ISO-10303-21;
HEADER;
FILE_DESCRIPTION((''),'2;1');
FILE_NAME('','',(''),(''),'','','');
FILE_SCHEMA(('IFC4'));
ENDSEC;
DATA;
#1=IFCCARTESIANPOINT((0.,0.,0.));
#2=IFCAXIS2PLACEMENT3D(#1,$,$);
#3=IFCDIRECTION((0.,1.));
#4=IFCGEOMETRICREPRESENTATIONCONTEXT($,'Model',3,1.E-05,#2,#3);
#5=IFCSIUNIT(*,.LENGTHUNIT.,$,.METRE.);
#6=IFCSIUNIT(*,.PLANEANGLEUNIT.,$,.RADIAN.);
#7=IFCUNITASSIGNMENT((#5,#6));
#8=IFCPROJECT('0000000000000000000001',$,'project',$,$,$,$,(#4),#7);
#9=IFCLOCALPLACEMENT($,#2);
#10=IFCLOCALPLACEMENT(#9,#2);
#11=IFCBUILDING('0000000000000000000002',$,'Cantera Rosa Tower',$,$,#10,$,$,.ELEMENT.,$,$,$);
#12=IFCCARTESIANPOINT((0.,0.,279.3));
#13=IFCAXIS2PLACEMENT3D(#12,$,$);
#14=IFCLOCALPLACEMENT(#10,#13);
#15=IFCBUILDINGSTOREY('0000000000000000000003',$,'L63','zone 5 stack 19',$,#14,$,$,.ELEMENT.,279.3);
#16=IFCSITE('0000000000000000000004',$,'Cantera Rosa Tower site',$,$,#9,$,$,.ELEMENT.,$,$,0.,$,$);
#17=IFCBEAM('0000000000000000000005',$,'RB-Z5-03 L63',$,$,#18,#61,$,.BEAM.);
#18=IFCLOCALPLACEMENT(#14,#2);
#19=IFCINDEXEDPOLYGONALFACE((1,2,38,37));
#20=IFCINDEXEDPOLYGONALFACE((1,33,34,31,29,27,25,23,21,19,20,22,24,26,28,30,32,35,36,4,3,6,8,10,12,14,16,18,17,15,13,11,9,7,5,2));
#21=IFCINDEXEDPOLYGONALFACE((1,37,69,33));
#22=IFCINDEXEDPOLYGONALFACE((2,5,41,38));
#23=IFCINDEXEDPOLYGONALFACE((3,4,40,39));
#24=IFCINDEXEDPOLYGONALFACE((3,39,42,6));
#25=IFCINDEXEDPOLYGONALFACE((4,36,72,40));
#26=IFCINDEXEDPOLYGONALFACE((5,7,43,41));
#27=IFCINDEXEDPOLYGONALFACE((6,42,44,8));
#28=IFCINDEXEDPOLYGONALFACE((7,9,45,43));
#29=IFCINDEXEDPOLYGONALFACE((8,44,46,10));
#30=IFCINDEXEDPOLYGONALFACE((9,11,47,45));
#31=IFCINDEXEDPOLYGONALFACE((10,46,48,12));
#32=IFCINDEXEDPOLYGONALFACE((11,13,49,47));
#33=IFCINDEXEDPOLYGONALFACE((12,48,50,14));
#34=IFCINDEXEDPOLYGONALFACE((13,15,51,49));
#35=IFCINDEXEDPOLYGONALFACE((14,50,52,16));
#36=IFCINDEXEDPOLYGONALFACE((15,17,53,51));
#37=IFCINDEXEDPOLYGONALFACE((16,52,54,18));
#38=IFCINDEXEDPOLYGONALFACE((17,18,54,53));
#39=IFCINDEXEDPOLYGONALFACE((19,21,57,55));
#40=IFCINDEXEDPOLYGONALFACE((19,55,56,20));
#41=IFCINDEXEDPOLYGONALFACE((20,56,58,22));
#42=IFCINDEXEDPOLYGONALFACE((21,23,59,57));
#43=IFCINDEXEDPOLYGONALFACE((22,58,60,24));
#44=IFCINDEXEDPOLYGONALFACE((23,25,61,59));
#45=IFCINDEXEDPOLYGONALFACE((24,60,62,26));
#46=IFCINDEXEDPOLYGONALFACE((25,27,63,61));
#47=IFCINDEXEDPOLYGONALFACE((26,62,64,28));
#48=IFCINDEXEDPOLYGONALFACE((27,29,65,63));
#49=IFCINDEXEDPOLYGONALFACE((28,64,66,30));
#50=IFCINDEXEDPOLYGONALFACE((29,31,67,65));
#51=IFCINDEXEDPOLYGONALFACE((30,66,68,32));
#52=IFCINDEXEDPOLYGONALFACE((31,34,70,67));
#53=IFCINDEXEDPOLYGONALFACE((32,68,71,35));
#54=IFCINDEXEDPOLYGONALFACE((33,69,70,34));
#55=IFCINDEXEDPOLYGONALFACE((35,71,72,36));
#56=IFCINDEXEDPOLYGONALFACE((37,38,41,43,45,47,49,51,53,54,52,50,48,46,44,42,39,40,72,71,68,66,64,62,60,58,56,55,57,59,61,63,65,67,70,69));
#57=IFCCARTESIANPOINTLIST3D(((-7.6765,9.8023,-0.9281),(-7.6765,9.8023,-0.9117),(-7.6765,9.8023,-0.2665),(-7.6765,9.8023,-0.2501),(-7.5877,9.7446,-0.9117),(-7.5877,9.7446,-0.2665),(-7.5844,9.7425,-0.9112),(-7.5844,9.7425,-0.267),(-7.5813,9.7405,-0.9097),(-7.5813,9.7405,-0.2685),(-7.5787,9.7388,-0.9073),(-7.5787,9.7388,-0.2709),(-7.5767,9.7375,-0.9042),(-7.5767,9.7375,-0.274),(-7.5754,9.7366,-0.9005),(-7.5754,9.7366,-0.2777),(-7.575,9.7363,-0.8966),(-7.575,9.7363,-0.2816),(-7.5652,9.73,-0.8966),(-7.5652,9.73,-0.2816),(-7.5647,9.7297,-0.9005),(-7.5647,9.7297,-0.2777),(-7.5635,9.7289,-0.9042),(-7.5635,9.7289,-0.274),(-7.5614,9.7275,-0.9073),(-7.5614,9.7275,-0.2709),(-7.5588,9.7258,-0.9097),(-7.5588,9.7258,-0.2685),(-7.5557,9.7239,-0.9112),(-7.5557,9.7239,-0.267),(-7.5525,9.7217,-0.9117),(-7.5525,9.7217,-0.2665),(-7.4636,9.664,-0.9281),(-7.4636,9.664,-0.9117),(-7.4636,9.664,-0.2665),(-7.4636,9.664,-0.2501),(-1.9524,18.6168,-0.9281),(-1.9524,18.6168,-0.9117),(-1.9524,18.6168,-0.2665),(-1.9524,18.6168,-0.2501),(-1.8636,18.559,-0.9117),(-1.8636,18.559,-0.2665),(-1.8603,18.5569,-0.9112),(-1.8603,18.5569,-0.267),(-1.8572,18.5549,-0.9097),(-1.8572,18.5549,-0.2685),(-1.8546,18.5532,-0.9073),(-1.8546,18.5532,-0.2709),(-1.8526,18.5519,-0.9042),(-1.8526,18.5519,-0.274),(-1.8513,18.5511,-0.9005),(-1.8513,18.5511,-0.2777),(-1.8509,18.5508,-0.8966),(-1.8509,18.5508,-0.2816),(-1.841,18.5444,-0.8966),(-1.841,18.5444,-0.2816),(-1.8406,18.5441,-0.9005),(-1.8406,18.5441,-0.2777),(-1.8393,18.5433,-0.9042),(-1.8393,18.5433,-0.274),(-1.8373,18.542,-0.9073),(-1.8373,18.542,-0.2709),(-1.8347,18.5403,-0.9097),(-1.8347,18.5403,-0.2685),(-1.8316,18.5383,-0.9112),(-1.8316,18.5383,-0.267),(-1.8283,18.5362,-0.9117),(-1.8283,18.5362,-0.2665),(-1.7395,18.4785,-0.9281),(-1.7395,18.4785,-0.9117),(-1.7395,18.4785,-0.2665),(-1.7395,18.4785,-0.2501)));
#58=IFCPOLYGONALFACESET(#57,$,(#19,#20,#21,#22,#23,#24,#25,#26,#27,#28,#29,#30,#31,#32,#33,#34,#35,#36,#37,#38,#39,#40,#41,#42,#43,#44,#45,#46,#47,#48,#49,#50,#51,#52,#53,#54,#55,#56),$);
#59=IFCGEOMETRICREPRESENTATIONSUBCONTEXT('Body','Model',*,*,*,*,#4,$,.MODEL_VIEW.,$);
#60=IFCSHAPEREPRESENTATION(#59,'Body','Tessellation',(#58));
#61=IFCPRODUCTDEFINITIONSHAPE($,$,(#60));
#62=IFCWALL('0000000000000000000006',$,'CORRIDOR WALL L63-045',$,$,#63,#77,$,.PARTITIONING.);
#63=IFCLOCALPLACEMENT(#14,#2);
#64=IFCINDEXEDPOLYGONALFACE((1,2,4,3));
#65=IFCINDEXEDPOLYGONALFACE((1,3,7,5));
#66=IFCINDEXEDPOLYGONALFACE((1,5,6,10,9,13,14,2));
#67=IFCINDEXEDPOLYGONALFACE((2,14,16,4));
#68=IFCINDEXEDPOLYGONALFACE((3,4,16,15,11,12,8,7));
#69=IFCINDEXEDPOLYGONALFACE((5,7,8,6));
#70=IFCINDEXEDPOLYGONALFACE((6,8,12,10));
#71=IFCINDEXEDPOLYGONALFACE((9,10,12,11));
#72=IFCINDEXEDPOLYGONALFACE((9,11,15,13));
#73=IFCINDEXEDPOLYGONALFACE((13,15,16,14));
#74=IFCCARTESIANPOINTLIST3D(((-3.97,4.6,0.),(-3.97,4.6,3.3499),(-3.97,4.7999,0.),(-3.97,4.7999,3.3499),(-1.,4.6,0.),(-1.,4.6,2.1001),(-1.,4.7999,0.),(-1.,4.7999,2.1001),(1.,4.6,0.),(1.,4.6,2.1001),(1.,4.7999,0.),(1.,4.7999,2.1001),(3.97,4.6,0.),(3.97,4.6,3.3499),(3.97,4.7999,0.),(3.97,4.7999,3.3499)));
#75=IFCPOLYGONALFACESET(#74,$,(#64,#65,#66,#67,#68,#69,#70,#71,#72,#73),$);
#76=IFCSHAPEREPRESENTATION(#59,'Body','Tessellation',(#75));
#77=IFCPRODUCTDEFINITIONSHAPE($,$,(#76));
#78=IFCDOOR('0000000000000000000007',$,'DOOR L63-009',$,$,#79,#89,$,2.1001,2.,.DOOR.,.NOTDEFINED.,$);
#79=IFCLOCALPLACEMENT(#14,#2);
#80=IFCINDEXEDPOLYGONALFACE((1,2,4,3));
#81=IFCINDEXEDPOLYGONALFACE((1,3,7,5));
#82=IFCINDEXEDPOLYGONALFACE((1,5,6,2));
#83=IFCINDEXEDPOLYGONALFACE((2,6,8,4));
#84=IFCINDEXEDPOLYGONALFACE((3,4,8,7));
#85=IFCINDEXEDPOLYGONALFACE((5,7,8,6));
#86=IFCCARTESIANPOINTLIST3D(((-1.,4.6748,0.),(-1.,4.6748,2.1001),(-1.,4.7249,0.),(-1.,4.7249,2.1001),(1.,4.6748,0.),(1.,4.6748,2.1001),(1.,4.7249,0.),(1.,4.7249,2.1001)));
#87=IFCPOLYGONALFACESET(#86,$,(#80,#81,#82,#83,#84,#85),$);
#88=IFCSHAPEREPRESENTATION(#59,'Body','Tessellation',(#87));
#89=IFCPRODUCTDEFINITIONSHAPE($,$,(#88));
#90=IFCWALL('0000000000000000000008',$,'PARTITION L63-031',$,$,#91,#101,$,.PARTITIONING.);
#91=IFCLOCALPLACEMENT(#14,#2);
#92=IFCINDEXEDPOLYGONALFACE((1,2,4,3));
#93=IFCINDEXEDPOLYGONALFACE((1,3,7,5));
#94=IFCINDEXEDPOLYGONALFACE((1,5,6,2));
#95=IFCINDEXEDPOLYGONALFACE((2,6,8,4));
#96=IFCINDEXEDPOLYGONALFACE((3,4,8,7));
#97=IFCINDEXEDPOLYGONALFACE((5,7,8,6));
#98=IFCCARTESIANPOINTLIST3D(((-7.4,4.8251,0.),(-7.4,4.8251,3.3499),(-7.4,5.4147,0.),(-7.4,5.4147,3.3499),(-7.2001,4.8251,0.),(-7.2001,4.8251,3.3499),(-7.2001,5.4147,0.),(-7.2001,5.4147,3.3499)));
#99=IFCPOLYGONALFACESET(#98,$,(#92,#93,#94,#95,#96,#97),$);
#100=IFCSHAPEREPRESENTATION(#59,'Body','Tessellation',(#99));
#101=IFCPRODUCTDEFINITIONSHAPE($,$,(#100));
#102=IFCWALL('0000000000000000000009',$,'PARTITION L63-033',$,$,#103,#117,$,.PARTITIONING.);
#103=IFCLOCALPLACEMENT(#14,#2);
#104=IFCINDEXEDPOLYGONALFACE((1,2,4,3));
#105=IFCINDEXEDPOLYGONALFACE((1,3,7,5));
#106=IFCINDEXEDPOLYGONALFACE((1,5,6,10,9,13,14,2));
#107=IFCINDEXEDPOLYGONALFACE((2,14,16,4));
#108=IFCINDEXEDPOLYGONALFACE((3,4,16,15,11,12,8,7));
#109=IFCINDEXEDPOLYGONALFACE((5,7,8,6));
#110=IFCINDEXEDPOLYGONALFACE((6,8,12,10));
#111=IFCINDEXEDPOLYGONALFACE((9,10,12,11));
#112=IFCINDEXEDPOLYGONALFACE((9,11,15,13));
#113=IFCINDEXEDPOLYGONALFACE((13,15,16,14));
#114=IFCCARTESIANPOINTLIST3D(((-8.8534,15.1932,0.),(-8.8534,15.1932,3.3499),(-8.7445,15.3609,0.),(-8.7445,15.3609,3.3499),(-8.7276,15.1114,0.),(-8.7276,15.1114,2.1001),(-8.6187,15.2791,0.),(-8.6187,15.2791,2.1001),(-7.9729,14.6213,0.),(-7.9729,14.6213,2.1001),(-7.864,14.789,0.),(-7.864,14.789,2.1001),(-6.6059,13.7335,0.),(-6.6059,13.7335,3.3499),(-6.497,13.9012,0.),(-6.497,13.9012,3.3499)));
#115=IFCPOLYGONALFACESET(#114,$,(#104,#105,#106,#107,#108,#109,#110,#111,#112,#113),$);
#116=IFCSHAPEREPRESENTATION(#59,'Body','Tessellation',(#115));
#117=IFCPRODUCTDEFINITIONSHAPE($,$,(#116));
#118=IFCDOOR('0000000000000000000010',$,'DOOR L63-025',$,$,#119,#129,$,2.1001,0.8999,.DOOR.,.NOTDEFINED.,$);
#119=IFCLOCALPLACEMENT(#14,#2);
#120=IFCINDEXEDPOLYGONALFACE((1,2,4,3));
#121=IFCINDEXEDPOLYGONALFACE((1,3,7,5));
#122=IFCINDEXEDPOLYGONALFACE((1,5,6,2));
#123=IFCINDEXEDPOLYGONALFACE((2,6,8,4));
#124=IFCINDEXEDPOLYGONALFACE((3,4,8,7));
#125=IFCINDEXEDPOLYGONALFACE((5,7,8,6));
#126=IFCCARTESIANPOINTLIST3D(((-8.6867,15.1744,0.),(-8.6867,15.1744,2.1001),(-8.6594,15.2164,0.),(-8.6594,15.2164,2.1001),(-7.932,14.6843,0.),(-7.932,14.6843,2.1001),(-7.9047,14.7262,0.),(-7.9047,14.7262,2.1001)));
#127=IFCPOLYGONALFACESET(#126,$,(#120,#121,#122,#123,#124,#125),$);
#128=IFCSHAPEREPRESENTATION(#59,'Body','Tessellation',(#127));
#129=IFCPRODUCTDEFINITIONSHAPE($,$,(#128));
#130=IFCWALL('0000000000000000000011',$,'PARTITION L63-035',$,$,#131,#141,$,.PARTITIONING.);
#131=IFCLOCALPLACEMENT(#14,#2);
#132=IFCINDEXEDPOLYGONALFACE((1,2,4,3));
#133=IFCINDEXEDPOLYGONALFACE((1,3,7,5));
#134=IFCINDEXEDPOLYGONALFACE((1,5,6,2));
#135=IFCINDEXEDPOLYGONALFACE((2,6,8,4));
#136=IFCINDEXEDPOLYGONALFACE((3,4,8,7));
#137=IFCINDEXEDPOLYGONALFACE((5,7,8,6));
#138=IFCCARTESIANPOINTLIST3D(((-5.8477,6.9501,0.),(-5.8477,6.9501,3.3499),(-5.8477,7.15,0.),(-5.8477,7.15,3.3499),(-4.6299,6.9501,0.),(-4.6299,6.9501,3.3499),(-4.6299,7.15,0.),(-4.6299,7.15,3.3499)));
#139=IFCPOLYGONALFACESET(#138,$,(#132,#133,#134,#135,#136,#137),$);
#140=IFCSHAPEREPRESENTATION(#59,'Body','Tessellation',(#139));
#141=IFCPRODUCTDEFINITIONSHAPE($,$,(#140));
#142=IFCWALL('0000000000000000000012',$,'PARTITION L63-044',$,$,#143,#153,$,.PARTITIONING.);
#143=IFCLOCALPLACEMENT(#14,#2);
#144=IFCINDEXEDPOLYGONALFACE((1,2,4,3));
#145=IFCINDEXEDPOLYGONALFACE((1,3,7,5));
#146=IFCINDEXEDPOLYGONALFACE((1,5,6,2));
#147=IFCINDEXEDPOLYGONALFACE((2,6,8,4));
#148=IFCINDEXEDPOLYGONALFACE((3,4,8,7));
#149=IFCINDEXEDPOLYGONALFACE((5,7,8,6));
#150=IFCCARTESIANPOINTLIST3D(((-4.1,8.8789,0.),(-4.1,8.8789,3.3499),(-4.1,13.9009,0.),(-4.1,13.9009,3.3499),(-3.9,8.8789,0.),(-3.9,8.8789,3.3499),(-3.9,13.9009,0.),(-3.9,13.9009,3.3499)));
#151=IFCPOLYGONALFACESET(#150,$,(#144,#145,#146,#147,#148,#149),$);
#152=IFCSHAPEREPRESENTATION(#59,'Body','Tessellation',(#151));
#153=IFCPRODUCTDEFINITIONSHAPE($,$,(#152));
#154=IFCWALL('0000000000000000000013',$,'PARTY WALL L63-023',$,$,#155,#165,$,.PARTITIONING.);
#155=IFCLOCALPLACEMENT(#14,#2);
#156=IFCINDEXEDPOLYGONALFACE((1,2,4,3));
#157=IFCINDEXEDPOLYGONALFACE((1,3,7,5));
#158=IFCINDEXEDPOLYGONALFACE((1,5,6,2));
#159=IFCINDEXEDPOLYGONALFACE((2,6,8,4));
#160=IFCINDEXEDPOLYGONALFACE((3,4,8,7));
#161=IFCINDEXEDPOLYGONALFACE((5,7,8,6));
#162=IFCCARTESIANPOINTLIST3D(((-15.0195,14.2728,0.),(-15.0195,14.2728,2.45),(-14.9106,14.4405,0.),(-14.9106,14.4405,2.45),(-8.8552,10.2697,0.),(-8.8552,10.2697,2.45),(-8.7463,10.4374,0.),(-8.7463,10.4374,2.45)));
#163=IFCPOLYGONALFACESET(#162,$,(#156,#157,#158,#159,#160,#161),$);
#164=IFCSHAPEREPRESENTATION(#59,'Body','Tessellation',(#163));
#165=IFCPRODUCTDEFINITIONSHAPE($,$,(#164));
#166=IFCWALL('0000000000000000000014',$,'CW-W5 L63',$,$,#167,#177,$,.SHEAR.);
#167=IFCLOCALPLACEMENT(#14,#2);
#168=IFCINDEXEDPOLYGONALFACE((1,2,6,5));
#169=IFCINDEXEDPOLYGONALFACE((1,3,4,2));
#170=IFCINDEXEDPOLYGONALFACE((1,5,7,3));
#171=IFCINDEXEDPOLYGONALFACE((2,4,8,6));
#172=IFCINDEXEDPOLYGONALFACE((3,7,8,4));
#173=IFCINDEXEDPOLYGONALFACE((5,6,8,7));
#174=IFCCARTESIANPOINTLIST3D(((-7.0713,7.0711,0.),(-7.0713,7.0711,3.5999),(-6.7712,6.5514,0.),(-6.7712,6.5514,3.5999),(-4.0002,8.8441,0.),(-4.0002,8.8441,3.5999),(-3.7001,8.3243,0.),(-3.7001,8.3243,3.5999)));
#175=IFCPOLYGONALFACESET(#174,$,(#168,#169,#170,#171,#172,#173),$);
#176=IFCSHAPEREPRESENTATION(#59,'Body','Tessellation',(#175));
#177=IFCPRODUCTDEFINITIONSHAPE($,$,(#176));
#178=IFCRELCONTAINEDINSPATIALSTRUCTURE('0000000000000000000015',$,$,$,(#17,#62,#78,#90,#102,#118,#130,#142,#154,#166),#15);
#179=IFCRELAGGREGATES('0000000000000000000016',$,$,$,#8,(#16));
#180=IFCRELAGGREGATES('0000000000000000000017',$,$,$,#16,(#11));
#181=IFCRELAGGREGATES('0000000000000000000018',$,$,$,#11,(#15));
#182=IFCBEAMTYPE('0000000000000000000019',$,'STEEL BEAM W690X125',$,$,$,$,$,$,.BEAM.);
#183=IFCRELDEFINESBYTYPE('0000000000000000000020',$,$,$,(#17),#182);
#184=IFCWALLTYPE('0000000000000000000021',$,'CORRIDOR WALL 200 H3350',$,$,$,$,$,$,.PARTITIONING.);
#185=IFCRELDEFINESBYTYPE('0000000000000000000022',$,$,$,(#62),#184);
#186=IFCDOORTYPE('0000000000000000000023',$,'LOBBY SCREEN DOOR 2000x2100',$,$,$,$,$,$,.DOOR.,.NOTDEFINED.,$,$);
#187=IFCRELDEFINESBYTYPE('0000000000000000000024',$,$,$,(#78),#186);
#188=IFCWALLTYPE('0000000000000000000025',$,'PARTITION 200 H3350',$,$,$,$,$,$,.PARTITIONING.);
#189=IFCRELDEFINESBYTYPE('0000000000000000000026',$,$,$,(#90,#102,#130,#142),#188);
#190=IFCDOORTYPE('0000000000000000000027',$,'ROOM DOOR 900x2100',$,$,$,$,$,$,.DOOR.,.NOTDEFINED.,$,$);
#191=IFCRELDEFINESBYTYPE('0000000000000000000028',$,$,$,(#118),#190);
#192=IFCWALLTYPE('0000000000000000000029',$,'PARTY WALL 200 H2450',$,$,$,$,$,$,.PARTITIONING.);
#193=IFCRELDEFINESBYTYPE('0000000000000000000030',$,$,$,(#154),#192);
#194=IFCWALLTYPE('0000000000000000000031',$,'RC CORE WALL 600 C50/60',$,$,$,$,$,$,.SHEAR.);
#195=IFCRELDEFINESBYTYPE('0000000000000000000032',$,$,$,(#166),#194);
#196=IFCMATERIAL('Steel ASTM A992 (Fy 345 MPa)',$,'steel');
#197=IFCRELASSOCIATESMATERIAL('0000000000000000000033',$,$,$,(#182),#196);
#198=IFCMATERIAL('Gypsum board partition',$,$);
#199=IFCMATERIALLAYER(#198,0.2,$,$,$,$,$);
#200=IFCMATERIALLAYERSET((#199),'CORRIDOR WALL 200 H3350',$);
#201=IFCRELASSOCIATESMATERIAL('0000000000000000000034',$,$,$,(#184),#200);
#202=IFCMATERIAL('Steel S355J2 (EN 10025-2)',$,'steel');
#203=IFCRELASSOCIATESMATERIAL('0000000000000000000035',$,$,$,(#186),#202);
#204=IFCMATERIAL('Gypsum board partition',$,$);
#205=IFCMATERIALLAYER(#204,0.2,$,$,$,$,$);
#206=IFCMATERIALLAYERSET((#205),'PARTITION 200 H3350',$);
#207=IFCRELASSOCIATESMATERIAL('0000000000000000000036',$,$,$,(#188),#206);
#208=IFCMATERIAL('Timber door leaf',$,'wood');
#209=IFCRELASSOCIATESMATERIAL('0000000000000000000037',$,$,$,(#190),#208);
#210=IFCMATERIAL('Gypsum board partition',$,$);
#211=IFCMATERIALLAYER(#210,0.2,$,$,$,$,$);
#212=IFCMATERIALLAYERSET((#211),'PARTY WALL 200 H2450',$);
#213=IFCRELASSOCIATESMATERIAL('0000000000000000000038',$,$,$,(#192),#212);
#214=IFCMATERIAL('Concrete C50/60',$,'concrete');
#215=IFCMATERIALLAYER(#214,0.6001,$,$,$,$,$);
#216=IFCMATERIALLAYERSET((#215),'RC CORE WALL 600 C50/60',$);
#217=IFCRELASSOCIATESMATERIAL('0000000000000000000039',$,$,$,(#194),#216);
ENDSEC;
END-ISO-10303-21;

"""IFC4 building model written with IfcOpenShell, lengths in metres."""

from ifc_helpers import new_model, si_unit, direction, frame, frame_2d, origin, origin_2d, place, context, subcontext, project, spatial, rectangle, i_section, extrude, material, layer, layer_set, material_profile, profile_set, type_object, element, fill, save


model = new_model("IFC4")

# Units and contexts
model_context = context("Model", 3, precision=1e-05, world=origin(), true_north=direction((0.0, 1.0)))
body_context = subcontext(model_context, "Body", "Model", "MODEL_VIEW")
ifc_project = project(units=[si_unit("LENGTHUNIT", "METRE"), si_unit("PLANEANGLEUNIT", "RADIAN")], contexts=[model_context])

# Site, building, storey
site_placement = place(None, origin())
site = spatial("IfcSite", under=ifc_project, at=site_placement, Name="Cantera Rosa Tower site", CompositionType="ELEMENT", RefElevation=0.0)
building_placement = place(site_placement, origin())
building = spatial("IfcBuilding", under=site, at=building_placement, Name="Cantera Rosa Tower", CompositionType="ELEMENT")
storey_placement = place(building_placement, frame((0.0, 0.0, 279.3)))
storey = spatial("IfcBuildingStorey", under=building, at=storey_placement, Name="L63", Description="zone 5 stack 19", CompositionType="ELEMENT", Elevation=279.3)

# Beam
ifc_material_1 = material(Name="Steel ASTM A992 (Fy 345 MPa)", Category="steel")
ifc_material_profile = material_profile(ifc_material_1, i_section(OverallWidth=0.2539, OverallDepth=0.678, WebThickness=0.0117, FlangeThickness=0.0164, FilletRadius=0.0151, at=origin_2d()), Name="W690X125")
ifc_profile_set = profile_set([ifc_material_profile], Name="Steel ASTM A992 (Fy 345 MPa)")
beam_type = type_object("IfcBeamType", Name="STEEL BEAM W690X125", PredefinedType="BEAM", material=ifc_profile_set)
beam_placement = place(storey_placement, frame((-7.5701, 9.7332, -0.5891), z_axis=(0.544636, 0.838673, 0.0), x_axis=(-0.838673, 0.544636, 0.0)))
element("IfcBeam", 1, at=beam_placement, inside=storey, type_object=beam_type, Name="RB-Z5-03 L63", PredefinedType="BEAM", context=body_context, shape_type="SweptSolid", body=[
    extrude(i_section(OverallWidth=0.2539, OverallDepth=0.678, WebThickness=0.0117, FlangeThickness=0.0164, FilletRadius=0.0151, at=origin_2d()), origin(), (0.0, 0.0, 1.0), 10.51),
])

# Wall, opening, door
ifc_material_2 = material(Name="Gypsum board partition")
ifc_layer_1 = layer(ifc_material_2, 0.2)
ifc_layer_set_1 = layer_set([ifc_layer_1], Name="CORRIDOR WALL 200 H3350")
wall_type_1 = type_object("IfcWallType", Name="CORRIDOR WALL 200 H3350", PredefinedType="PARTITIONING", material=ifc_layer_set_1)
wall_1_placement = place(storey_placement, frame((-3.97, 4.7, 0.0), z_axis=(0.0, 0.0, 1.0), x_axis=(1.0, 0.0, 0.0)))
wall_1 = element("IfcWall", 2, at=wall_1_placement, inside=storey, type_object=wall_type_1, Name="CORRIDOR WALL L63-045", PredefinedType="PARTITIONING", context=body_context, shape_type="SweptSolid", body=[
    extrude(rectangle(XDim=7.9399, YDim=0.2, at=frame_2d((3.97, 0.0))), origin(), (0.0, 0.0, 1.0), 3.3499),
])
opening_1_placement = place(wall_1_placement, frame((2.97, 0.0, 0.0)))
opening_1 = element("IfcOpeningElement", 3, at=opening_1_placement, cuts=wall_1, PredefinedType="OPENING", context=body_context, shape_type="SweptSolid", body=[
    extrude(rectangle(XDim=2.0, YDim=2.1001, at=frame_2d((1.0, 1.05))), frame((0.0, 0.1099, 0.0), z_axis=(0.0, -1.0, 0.0), x_axis=(1.0, 0.0, 0.0)), (0.0, 0.0, 1.0), 0.22),
])
ifc_material_3 = material(Name="Steel S355J2 (EN 10025-2)", Category="steel")
door_type_1 = type_object("IfcDoorType", Name="LOBBY SCREEN DOOR 2000x2100", OperationType="NOTDEFINED", PredefinedType="DOOR", material=ifc_material_3)
door_1_placement = place(opening_1_placement, origin())
door_1 = element("IfcDoor", 4, at=door_1_placement, inside=storey, type_object=door_type_1, Name="DOOR L63-009", OperationType="NOTDEFINED", OverallHeight=2.1001, OverallWidth=2.0, PredefinedType="DOOR", context=body_context, shape_type="SweptSolid", body=[
    extrude(rectangle(XDim=2.0, YDim=2.1001, at=frame_2d((1.0, 1.05))), frame((0.0, 0.0249, 0.0), z_axis=(0.0, -1.0, 0.0), x_axis=(1.0, 0.0, 0.0)), (0.0, 0.0, 1.0), 0.05),
])
fill(opening_1, door_1)

# Wall
ifc_material_4 = material(Name="Gypsum board partition")
ifc_layer_2 = layer(ifc_material_4, 0.2)
ifc_layer_set_2 = layer_set([ifc_layer_2], Name="PARTITION 200 H3350")
wall_type_2 = type_object("IfcWallType", Name="PARTITION 200 H3350", PredefinedType="PARTITIONING", material=ifc_layer_set_2)
wall_2_placement = place(storey_placement, frame((-7.3, 4.825, 0.0), z_axis=(0.0, 0.0, 1.0), x_axis=(0.0, 1.0, 0.0)))
element("IfcWall", 5, at=wall_2_placement, inside=storey, type_object=wall_type_2, Name="PARTITION L63-031", PredefinedType="PARTITIONING", context=body_context, shape_type="SweptSolid", body=[
    extrude(rectangle(XDim=0.5896, YDim=0.2, at=frame_2d((0.2949, 0.0))), origin(), (0.0, 0.0, 1.0), 3.3499),
])

# Wall, opening, door
wall_3_placement = place(storey_placement, frame((-6.5515, 13.8174, 0.0), z_axis=(0.0, 0.0, 1.0), x_axis=(-0.838648, 0.544675, 0.0)))
wall_3 = element("IfcWall", 6, at=wall_3_placement, inside=storey, type_object=wall_type_2, Name="PARTITION L63-033", PredefinedType="PARTITIONING", context=body_context, shape_type="SweptSolid", body=[
    extrude(rectangle(XDim=2.6799, YDim=0.2, at=frame_2d((1.3398, 0.0))), origin(), (0.0, 0.0, 1.0), 3.3499),
])
opening_2_placement = place(wall_3_placement, frame((1.6299, 0.0, 0.0)))
opening_2 = element("IfcOpeningElement", 7, at=opening_2_placement, cuts=wall_3, PredefinedType="OPENING", context=body_context, shape_type="SweptSolid", body=[
    extrude(rectangle(XDim=0.8999, YDim=2.1001, at=frame_2d((0.45, 1.05))), frame((0.0, 0.1099, 0.0), z_axis=(0.0, -1.0, 0.0), x_axis=(1.0, 0.0, 0.0)), (0.0, 0.0, 1.0), 0.22),
])
ifc_material_5 = material(Name="Timber door leaf", Category="wood")
door_type_2 = type_object("IfcDoorType", Name="ROOM DOOR 900x2100", OperationType="NOTDEFINED", PredefinedType="DOOR", material=ifc_material_5)
door_2_placement = place(opening_2_placement, origin())
door_2 = element("IfcDoor", 8, at=door_2_placement, inside=storey, type_object=door_type_2, Name="DOOR L63-025", OperationType="NOTDEFINED", OverallHeight=2.1001, OverallWidth=0.8999, PredefinedType="DOOR", context=body_context, shape_type="SweptSolid", body=[
    extrude(rectangle(XDim=0.8999, YDim=2.1001, at=frame_2d((0.45, 1.05))), frame((0.0, 0.0249, 0.0), z_axis=(0.0, -1.0, 0.0), x_axis=(1.0, 0.0, 0.0)), (0.0, 0.0, 1.0), 0.05),
])
fill(opening_2, door_2)

# Walls
wall_4_placement = place(storey_placement, frame((-5.8477, 7.05, 0.0), z_axis=(0.0, 0.0, 1.0), x_axis=(1.0, 0.0, 0.0)))
element("IfcWall", 9, at=wall_4_placement, inside=storey, type_object=wall_type_2, Name="PARTITION L63-035", PredefinedType="PARTITIONING", context=body_context, shape_type="SweptSolid", body=[
    extrude(rectangle(XDim=1.2178, YDim=0.2, at=frame_2d((0.6089, 0.0))), origin(), (0.0, 0.0, 1.0), 3.3499),
])
wall_5_placement = place(storey_placement, frame((-4.0, 13.9009, 0.0), z_axis=(0.0, 0.0, 1.0), x_axis=(0.0, -1.0, 0.0)))
element("IfcWall", 10, at=wall_5_placement, inside=storey, type_object=wall_type_2, Name="PARTITION L63-044", PredefinedType="PARTITIONING", context=body_context, shape_type="SweptSolid", body=[
    extrude(rectangle(XDim=5.022, YDim=0.2, at=frame_2d((2.511, 0.0))), origin(), (0.0, 0.0, 1.0), 3.3499),
])
ifc_material_6 = material(Name="Gypsum board partition")
ifc_layer_3 = layer(ifc_material_6, 0.2)
ifc_layer_set_3 = layer_set([ifc_layer_3], Name="PARTY WALL 200 H2450")
wall_type_3 = type_object("IfcWallType", Name="PARTY WALL 200 H2450", PredefinedType="PARTITIONING", material=ifc_layer_set_3)
wall_6_placement = place(storey_placement, frame((-8.8008, 10.3535, 0.0), z_axis=(0.0, 0.0, 1.0), x_axis=(-0.838669, 0.544642, 0.0)))
element("IfcWall", 11, at=wall_6_placement, inside=storey, type_object=wall_type_3, Name="PARTY WALL L63-023", PredefinedType="PARTITIONING", context=body_context, shape_type="SweptSolid", body=[
    extrude(rectangle(XDim=7.3501, YDim=0.2, at=frame_2d((3.675, 0.0))), origin(), (0.0, 0.0, 1.0), 2.45),
])
ifc_material_7 = material(Name="Concrete C50/60", Category="concrete")
ifc_layer_4 = layer(ifc_material_7, 0.6001)
ifc_layer_set_4 = layer_set([ifc_layer_4], Name="RC CORE WALL 600 C50/60")
wall_type_4 = type_object("IfcWallType", Name="RC CORE WALL 600 C50/60", PredefinedType="SHEAR", material=ifc_layer_set_4)
wall_7_placement = place(storey_placement, frame((-6.9211, 6.8113, 0.0), z_axis=(0.0, 0.0, 1.0), x_axis=(0.86604, 0.499975, 0.0)))
element("IfcWall", 12, at=wall_7_placement, inside=storey, type_object=wall_type_4, Name="CW-W5 L63", PredefinedType="SHEAR", context=body_context, shape_type="SweptSolid", body=[
    extrude(rectangle(XDim=3.5461, YDim=0.6001, at=frame_2d((1.7729, 0.0))), origin(), (0.0, 0.0, 1.0), 3.5999),
])

save(model, "model.ifc")
